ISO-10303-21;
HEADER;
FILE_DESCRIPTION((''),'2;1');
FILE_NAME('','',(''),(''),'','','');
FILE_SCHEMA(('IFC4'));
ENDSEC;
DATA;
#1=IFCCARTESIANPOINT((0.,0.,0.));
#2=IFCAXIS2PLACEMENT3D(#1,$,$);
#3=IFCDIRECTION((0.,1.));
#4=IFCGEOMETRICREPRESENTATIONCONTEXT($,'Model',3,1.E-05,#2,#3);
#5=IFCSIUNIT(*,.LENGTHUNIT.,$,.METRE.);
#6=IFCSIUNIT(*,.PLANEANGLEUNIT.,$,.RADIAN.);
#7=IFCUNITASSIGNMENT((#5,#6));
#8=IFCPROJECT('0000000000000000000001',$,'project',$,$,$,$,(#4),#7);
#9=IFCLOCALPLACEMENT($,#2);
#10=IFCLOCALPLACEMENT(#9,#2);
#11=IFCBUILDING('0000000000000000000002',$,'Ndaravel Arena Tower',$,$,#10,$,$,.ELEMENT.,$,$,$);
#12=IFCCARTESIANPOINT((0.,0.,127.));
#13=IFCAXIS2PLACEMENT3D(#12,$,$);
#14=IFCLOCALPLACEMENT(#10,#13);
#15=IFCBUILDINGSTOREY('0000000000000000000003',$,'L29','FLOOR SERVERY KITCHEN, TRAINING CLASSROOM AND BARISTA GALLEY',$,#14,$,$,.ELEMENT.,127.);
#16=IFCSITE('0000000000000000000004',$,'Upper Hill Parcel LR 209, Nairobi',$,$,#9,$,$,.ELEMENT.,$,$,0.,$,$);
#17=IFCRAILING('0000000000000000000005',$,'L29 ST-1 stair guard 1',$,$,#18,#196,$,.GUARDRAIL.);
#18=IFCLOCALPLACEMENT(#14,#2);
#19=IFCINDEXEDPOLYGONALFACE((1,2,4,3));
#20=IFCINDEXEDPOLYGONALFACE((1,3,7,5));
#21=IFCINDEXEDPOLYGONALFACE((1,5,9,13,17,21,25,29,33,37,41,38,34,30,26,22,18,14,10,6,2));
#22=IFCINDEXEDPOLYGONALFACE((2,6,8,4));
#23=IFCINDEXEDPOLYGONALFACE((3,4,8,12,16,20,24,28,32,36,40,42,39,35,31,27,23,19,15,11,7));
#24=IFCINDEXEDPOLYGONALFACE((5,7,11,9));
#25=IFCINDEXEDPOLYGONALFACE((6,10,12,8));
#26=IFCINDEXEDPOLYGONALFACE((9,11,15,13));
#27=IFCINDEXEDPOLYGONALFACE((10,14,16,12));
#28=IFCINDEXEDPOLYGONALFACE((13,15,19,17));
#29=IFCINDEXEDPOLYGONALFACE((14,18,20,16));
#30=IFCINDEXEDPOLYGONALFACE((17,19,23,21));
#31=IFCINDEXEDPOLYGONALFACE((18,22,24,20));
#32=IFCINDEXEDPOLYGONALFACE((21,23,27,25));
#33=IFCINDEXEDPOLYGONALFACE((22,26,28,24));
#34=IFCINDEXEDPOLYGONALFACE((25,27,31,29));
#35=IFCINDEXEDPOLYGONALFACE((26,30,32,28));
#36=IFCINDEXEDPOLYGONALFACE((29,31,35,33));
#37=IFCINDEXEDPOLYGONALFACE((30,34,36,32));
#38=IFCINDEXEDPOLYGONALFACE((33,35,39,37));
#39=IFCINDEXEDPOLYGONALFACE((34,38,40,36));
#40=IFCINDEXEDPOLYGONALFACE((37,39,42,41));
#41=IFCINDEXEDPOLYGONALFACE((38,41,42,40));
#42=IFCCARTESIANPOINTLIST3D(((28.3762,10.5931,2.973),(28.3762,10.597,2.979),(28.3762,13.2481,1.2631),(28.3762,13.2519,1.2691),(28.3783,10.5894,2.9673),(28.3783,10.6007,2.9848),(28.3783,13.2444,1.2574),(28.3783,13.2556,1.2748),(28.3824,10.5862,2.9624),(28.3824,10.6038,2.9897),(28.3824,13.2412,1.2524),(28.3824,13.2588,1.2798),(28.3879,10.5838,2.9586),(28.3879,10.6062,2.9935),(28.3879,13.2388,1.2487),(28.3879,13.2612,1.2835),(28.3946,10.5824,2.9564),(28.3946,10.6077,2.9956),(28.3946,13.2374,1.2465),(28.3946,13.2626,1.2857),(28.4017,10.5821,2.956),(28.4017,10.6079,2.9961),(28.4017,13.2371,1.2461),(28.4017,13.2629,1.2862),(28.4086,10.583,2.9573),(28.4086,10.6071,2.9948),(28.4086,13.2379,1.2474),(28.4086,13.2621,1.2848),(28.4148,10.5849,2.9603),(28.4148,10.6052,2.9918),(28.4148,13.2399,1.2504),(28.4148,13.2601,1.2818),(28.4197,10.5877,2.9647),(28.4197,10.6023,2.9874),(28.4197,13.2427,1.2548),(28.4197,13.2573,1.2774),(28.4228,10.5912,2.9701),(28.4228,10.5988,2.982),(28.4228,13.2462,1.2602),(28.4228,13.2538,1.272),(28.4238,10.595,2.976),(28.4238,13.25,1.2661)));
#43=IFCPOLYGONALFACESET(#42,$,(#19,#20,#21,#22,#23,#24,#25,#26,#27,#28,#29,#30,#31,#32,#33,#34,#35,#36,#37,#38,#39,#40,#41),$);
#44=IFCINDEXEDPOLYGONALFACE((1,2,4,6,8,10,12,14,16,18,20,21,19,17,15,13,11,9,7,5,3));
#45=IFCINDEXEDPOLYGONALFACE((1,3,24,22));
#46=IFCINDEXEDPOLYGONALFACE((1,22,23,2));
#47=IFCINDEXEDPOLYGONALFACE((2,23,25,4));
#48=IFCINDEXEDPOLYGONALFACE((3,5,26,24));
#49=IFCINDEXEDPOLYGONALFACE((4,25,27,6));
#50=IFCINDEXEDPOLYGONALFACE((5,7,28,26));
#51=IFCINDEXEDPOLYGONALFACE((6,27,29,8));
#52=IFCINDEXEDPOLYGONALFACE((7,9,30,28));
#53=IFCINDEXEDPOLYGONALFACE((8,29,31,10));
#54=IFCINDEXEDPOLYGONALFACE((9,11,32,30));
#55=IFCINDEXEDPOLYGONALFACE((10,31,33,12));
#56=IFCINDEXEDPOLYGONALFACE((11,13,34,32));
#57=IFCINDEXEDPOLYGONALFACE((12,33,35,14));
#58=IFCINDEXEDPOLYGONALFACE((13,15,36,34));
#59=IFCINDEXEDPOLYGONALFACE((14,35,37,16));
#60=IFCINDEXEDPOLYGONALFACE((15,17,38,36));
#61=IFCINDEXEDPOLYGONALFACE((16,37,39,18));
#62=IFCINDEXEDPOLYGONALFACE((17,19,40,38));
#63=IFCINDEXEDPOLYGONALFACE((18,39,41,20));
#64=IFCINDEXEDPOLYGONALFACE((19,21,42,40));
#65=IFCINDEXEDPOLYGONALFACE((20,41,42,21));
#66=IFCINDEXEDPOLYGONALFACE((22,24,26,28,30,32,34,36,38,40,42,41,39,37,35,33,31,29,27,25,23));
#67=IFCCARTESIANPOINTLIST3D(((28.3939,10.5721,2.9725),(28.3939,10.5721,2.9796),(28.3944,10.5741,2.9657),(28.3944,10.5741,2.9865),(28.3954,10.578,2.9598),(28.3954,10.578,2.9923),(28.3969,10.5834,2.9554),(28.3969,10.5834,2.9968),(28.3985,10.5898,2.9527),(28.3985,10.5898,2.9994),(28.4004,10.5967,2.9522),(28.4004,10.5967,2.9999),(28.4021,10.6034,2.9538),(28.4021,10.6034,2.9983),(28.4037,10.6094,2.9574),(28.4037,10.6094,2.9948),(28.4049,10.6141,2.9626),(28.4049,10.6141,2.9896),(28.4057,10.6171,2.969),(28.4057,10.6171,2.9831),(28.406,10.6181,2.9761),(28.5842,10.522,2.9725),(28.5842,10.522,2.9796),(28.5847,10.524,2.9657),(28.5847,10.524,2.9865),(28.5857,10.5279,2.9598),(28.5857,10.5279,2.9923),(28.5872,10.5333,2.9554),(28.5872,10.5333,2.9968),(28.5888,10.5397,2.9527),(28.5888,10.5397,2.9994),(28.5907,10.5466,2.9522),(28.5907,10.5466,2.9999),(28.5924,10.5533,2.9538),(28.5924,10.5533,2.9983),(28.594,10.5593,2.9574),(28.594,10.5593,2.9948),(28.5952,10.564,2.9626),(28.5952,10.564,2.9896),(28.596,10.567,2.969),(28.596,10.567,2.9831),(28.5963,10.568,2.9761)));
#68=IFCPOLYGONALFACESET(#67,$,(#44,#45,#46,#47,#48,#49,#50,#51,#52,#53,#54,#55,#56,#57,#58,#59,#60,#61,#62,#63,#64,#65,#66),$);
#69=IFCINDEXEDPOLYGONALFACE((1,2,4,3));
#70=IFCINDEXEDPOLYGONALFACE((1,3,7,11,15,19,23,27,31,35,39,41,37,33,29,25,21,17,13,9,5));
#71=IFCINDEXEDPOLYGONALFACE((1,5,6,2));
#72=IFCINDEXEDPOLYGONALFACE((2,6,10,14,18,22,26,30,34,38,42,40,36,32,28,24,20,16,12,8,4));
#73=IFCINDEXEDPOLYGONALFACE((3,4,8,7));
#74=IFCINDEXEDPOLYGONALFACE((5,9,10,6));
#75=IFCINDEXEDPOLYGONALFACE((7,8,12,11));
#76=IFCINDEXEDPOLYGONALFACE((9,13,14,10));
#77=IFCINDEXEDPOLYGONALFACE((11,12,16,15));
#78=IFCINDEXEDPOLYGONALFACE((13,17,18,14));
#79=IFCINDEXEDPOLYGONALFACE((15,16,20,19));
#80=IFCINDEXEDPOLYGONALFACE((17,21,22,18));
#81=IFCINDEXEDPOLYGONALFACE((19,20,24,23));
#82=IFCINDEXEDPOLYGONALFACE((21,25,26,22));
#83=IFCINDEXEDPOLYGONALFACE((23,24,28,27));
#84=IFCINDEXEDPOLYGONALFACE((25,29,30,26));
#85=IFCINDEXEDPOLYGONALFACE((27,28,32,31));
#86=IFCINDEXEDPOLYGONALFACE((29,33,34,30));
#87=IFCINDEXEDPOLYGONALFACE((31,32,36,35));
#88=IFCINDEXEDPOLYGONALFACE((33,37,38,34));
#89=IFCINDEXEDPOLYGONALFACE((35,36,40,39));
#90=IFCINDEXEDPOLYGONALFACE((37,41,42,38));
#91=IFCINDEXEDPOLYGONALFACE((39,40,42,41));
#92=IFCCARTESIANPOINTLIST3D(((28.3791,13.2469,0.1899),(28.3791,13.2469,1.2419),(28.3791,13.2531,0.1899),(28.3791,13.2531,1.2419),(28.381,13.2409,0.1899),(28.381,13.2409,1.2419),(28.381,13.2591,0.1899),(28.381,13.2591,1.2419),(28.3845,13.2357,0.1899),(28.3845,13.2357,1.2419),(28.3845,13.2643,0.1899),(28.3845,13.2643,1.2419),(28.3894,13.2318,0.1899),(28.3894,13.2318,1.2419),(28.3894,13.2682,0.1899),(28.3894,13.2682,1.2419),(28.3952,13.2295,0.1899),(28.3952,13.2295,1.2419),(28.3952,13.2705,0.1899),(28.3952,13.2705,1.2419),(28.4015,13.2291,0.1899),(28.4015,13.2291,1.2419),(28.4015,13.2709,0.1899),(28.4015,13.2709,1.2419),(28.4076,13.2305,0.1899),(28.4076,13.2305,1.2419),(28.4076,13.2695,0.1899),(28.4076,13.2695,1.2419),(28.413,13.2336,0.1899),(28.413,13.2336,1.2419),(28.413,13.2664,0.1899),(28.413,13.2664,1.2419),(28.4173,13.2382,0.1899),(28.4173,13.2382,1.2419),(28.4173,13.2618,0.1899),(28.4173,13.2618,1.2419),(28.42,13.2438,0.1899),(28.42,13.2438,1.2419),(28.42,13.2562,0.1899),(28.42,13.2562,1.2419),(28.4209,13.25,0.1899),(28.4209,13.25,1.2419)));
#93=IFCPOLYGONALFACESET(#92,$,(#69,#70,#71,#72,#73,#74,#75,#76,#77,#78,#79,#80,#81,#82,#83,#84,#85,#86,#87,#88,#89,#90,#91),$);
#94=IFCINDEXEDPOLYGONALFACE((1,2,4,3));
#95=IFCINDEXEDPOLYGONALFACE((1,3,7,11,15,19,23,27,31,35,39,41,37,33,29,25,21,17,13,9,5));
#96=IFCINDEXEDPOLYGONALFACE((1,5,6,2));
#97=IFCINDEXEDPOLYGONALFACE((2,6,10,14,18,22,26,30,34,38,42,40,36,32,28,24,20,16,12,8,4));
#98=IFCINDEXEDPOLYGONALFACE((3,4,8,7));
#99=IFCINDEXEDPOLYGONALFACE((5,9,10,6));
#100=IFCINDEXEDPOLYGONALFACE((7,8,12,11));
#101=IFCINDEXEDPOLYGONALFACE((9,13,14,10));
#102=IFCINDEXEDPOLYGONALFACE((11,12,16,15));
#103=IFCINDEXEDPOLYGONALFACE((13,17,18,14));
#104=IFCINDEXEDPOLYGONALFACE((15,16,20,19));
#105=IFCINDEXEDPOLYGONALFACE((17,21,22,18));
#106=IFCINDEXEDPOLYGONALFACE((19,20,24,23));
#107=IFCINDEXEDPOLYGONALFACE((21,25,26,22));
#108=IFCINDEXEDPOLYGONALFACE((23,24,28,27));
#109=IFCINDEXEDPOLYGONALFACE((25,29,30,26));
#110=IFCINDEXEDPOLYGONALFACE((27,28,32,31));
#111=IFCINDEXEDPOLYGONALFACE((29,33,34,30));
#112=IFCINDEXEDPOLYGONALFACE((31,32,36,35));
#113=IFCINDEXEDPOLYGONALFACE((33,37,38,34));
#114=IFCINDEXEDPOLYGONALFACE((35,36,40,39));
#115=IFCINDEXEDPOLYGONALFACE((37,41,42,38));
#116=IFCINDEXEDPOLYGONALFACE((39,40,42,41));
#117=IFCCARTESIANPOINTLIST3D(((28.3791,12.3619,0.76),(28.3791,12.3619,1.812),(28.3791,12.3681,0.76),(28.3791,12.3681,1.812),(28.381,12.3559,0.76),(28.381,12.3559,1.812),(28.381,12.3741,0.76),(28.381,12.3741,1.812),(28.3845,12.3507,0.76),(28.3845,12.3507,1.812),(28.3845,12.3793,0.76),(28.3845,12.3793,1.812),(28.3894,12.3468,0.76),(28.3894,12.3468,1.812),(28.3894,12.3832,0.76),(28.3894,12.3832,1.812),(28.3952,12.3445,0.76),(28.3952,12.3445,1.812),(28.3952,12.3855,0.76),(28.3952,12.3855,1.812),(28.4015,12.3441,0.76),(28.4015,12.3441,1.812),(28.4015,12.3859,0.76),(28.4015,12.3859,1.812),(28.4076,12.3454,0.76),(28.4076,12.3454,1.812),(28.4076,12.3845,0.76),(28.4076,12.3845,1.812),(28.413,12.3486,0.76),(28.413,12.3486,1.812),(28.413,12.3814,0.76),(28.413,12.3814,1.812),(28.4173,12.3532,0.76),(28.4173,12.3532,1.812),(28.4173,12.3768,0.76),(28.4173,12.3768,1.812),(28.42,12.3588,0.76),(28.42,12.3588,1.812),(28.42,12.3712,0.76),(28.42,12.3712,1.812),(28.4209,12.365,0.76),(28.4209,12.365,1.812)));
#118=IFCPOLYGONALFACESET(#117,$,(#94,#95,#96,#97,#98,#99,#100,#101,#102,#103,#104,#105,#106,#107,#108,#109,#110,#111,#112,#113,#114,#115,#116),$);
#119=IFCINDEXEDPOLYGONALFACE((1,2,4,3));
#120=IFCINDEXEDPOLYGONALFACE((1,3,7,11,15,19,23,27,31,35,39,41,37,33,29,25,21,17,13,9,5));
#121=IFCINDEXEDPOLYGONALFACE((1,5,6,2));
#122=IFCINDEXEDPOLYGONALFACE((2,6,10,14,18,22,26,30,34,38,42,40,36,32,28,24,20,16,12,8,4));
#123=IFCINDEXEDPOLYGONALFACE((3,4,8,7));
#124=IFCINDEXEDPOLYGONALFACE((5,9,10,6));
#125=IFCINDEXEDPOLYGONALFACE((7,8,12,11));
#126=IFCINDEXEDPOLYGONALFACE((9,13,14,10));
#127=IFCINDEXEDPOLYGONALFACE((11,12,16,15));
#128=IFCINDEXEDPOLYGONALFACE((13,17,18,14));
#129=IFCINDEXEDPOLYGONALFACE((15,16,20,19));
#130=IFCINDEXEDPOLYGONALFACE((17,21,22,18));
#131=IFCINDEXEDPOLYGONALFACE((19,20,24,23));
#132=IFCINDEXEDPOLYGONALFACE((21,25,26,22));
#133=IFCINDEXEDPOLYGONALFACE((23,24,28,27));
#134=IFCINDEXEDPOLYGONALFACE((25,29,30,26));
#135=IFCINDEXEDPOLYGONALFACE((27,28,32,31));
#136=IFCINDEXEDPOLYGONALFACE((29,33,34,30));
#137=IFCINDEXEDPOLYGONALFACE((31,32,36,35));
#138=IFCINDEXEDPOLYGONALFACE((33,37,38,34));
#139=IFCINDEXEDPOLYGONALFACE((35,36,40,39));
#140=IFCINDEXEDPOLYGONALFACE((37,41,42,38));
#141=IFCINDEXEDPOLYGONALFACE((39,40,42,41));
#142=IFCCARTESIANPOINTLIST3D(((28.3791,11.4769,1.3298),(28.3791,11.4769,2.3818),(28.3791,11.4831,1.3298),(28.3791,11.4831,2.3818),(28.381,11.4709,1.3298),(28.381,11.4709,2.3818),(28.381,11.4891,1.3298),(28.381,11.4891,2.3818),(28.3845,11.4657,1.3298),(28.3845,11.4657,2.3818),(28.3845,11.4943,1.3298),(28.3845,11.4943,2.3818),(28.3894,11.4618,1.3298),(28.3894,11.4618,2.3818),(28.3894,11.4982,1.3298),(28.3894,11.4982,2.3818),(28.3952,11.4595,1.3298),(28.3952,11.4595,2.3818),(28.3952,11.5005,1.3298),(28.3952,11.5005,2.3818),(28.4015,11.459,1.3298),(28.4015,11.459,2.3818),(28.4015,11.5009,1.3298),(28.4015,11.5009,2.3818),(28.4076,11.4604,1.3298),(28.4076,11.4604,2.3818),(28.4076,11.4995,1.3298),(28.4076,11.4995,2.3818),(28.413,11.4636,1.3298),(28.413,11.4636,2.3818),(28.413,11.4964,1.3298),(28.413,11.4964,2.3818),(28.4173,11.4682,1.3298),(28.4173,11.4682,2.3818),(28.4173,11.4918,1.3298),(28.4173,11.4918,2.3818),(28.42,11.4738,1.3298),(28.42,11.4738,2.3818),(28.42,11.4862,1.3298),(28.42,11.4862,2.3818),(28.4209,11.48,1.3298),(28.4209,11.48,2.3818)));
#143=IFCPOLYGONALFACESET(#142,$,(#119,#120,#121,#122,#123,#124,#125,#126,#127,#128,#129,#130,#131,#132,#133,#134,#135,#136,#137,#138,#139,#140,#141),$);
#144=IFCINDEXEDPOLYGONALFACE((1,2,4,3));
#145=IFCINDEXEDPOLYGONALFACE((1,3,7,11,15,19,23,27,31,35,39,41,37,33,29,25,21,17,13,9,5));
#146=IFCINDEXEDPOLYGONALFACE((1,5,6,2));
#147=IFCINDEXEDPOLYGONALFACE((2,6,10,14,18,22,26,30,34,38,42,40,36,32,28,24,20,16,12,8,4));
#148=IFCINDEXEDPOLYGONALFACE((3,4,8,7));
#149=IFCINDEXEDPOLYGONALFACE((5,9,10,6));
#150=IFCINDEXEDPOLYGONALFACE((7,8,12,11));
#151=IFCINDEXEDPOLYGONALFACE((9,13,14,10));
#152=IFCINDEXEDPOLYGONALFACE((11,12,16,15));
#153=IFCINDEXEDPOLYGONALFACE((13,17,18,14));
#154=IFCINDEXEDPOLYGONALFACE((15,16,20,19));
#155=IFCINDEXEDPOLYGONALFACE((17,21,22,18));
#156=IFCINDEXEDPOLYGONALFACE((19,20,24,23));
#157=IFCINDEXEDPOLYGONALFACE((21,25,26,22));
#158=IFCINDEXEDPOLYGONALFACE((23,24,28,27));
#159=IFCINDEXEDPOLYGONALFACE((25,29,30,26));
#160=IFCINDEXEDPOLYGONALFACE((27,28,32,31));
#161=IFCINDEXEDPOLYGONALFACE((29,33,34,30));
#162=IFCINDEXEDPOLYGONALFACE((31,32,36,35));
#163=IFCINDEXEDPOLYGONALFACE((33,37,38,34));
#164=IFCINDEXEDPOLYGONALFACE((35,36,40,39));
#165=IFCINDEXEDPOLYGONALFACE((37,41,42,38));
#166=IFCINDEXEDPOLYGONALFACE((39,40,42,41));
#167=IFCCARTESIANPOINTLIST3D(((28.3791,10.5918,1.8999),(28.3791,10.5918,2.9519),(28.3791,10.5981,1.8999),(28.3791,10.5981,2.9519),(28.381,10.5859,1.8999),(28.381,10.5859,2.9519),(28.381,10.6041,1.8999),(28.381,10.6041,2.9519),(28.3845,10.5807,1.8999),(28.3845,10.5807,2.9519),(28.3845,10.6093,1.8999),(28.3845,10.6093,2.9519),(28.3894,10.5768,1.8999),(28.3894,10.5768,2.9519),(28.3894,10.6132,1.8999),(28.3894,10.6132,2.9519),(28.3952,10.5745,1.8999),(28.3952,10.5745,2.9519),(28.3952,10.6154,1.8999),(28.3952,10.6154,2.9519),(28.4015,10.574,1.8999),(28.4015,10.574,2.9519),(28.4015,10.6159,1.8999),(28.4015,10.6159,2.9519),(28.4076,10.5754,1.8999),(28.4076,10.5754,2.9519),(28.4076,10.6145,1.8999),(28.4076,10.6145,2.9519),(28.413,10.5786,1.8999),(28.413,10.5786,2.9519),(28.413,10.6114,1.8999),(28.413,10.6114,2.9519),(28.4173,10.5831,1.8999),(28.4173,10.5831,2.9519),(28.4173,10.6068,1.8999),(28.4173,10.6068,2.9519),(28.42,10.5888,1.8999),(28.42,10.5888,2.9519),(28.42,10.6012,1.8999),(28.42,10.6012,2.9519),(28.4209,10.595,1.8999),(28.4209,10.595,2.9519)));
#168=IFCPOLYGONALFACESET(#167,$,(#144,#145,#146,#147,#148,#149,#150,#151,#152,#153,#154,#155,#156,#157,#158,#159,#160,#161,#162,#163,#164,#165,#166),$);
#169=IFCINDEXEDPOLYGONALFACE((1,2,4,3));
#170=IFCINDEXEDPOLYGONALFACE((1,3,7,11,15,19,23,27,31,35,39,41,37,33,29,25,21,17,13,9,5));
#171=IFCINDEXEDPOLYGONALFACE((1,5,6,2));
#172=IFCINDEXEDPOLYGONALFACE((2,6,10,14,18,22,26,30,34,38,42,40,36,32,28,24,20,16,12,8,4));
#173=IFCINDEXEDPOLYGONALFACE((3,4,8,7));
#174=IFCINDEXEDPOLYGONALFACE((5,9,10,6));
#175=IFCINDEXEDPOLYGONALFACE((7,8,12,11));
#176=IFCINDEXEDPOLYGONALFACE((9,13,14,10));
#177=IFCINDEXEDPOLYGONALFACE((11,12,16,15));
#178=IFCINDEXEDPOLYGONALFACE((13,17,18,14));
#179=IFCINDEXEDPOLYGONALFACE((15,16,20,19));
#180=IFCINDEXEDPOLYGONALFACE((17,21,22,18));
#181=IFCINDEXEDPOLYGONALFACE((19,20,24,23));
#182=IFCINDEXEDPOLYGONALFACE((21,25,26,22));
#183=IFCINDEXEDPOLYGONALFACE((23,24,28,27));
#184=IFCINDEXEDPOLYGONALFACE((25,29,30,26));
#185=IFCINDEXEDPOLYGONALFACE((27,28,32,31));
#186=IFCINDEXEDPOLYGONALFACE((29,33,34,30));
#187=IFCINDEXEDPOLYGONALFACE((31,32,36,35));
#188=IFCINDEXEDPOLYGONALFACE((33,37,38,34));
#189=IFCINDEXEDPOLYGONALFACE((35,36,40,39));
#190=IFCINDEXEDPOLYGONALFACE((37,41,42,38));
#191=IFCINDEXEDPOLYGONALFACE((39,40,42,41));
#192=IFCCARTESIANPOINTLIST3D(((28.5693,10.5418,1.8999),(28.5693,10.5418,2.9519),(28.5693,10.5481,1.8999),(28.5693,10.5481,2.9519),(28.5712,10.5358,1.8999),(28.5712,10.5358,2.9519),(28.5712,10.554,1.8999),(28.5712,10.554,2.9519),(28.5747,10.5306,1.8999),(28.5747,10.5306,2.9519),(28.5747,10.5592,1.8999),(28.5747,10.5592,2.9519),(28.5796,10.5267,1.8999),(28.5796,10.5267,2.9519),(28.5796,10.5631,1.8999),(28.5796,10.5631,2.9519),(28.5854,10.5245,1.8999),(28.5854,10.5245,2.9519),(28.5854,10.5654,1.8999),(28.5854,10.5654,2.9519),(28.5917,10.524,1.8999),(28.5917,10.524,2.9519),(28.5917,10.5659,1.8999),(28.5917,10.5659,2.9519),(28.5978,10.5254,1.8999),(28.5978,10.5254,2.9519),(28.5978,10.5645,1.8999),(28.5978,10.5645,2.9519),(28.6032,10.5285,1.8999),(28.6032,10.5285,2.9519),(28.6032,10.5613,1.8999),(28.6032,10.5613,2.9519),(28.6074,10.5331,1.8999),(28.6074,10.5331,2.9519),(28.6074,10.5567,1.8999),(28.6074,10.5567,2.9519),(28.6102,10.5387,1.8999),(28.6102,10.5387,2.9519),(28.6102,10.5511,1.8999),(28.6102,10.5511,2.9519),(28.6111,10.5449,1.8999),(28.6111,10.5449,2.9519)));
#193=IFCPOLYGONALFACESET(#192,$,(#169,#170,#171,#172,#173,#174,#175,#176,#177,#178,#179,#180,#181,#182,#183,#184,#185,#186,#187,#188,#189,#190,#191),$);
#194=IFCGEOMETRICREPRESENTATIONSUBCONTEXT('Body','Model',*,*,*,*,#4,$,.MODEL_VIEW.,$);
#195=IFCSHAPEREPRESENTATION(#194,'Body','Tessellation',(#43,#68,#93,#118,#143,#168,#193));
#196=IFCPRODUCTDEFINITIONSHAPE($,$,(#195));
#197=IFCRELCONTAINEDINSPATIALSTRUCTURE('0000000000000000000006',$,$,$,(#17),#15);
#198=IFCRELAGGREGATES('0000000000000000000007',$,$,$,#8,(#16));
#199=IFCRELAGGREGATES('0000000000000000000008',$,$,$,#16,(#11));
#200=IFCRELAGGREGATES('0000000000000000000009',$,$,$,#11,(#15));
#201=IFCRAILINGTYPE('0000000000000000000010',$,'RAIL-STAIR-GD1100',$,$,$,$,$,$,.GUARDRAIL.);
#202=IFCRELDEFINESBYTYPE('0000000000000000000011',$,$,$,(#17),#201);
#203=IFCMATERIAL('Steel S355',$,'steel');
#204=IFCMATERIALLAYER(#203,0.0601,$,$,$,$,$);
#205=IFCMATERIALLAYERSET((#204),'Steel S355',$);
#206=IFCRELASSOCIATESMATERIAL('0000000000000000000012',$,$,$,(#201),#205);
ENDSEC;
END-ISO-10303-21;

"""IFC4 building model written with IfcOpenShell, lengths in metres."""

from ifc_helpers import new_model, si_unit, direction, frame, origin, origin_2d, place, context, subcontext, project, spatial, circle, extrude, material, layer, layer_set, type_object, element, save


model = new_model("IFC4")

# Units and contexts
model_context = context("Model", 3, precision=1e-05, world=origin(), true_north=direction((0.0, 1.0)))
body_context = subcontext(model_context, "Body", "Model", "MODEL_VIEW")
ifc_project = project(units=[si_unit("LENGTHUNIT", "METRE"), si_unit("PLANEANGLEUNIT", "RADIAN")], contexts=[model_context])

# Site, building, storey
site_placement = place(None, origin())
site = spatial("IfcSite", under=ifc_project, at=site_placement, Name="Upper Hill Parcel LR 209, Nairobi", CompositionType="ELEMENT", RefElevation=0.0)
building_placement = place(site_placement, origin())
building = spatial("IfcBuilding", under=site, at=building_placement, Name="Ndaravel Arena Tower", CompositionType="ELEMENT")
storey_placement = place(building_placement, frame((0.0, 0.0, 127.0)))
storey = spatial("IfcBuildingStorey", under=building, at=storey_placement, Name="L29", Description="FLOOR SERVERY KITCHEN, TRAINING CLASSROOM AND BARISTA GALLEY", CompositionType="ELEMENT", Elevation=127.0)

# Railing
ifc_material_1 = material(Name="Steel S355", Category="steel")
ifc_layer_1 = layer(ifc_material_1, 0.0601)
ifc_layer_set_1 = layer_set([ifc_layer_1], Name="Steel S355")
railing_type_1 = type_object("IfcRailingType", Name="RAIL-STAIR-GD1100", PredefinedType="GUARDRAIL", material=ifc_layer_set_1)
railing_1_placement = place(storey_placement, frame((28.3999, 13.25, 0.1899)))
element("IfcRailing", 1, at=railing_1_placement, inside=storey, type_object=railing_type_1, Name="L29 ST-1 stair guard 1", PredefinedType="GUARDRAIL", context=body_context, shape_type="SweptSolid", body=[
    extrude(circle(Radius=0.0239, at=origin_2d()), frame((0.0, 0.0, 1.0762), z_axis=(0.0, -0.840724, 0.541465), x_axis=(1.0, 0.0, 0.0)), (0.0, 0.0, 1.0), 3.158),
    extrude(circle(Radius=0.0239, at=origin_2d()), frame((0.0, -2.655, 2.7861), z_axis=(0.967075, -0.254493, 0.0), x_axis=(0.254493, 0.967075, 0.0)), (0.0, 0.0, 1.0), 0.1968),
    extrude(circle(Radius=0.021, at=origin_2d()), origin(), (0.0, 0.0, 1.0), 1.052),
    extrude(circle(Radius=0.021, at=origin_2d()), frame((0.0, -0.885, 0.5701)), (0.0, 0.0, 1.0), 1.052),
    extrude(circle(Radius=0.021, at=origin_2d()), frame((0.0, -1.77, 1.1399)), (0.0, 0.0, 1.0), 1.052),
    extrude(circle(Radius=0.021, at=origin_2d()), frame((0.0, -2.655, 1.71)), (0.0, 0.0, 1.0), 1.052),
    extrude(circle(Radius=0.021, at=origin_2d()), frame((0.1902, -2.7051, 1.71)), (0.0, 0.0, 1.0), 1.052),
])

save(model, "model.ifc")
